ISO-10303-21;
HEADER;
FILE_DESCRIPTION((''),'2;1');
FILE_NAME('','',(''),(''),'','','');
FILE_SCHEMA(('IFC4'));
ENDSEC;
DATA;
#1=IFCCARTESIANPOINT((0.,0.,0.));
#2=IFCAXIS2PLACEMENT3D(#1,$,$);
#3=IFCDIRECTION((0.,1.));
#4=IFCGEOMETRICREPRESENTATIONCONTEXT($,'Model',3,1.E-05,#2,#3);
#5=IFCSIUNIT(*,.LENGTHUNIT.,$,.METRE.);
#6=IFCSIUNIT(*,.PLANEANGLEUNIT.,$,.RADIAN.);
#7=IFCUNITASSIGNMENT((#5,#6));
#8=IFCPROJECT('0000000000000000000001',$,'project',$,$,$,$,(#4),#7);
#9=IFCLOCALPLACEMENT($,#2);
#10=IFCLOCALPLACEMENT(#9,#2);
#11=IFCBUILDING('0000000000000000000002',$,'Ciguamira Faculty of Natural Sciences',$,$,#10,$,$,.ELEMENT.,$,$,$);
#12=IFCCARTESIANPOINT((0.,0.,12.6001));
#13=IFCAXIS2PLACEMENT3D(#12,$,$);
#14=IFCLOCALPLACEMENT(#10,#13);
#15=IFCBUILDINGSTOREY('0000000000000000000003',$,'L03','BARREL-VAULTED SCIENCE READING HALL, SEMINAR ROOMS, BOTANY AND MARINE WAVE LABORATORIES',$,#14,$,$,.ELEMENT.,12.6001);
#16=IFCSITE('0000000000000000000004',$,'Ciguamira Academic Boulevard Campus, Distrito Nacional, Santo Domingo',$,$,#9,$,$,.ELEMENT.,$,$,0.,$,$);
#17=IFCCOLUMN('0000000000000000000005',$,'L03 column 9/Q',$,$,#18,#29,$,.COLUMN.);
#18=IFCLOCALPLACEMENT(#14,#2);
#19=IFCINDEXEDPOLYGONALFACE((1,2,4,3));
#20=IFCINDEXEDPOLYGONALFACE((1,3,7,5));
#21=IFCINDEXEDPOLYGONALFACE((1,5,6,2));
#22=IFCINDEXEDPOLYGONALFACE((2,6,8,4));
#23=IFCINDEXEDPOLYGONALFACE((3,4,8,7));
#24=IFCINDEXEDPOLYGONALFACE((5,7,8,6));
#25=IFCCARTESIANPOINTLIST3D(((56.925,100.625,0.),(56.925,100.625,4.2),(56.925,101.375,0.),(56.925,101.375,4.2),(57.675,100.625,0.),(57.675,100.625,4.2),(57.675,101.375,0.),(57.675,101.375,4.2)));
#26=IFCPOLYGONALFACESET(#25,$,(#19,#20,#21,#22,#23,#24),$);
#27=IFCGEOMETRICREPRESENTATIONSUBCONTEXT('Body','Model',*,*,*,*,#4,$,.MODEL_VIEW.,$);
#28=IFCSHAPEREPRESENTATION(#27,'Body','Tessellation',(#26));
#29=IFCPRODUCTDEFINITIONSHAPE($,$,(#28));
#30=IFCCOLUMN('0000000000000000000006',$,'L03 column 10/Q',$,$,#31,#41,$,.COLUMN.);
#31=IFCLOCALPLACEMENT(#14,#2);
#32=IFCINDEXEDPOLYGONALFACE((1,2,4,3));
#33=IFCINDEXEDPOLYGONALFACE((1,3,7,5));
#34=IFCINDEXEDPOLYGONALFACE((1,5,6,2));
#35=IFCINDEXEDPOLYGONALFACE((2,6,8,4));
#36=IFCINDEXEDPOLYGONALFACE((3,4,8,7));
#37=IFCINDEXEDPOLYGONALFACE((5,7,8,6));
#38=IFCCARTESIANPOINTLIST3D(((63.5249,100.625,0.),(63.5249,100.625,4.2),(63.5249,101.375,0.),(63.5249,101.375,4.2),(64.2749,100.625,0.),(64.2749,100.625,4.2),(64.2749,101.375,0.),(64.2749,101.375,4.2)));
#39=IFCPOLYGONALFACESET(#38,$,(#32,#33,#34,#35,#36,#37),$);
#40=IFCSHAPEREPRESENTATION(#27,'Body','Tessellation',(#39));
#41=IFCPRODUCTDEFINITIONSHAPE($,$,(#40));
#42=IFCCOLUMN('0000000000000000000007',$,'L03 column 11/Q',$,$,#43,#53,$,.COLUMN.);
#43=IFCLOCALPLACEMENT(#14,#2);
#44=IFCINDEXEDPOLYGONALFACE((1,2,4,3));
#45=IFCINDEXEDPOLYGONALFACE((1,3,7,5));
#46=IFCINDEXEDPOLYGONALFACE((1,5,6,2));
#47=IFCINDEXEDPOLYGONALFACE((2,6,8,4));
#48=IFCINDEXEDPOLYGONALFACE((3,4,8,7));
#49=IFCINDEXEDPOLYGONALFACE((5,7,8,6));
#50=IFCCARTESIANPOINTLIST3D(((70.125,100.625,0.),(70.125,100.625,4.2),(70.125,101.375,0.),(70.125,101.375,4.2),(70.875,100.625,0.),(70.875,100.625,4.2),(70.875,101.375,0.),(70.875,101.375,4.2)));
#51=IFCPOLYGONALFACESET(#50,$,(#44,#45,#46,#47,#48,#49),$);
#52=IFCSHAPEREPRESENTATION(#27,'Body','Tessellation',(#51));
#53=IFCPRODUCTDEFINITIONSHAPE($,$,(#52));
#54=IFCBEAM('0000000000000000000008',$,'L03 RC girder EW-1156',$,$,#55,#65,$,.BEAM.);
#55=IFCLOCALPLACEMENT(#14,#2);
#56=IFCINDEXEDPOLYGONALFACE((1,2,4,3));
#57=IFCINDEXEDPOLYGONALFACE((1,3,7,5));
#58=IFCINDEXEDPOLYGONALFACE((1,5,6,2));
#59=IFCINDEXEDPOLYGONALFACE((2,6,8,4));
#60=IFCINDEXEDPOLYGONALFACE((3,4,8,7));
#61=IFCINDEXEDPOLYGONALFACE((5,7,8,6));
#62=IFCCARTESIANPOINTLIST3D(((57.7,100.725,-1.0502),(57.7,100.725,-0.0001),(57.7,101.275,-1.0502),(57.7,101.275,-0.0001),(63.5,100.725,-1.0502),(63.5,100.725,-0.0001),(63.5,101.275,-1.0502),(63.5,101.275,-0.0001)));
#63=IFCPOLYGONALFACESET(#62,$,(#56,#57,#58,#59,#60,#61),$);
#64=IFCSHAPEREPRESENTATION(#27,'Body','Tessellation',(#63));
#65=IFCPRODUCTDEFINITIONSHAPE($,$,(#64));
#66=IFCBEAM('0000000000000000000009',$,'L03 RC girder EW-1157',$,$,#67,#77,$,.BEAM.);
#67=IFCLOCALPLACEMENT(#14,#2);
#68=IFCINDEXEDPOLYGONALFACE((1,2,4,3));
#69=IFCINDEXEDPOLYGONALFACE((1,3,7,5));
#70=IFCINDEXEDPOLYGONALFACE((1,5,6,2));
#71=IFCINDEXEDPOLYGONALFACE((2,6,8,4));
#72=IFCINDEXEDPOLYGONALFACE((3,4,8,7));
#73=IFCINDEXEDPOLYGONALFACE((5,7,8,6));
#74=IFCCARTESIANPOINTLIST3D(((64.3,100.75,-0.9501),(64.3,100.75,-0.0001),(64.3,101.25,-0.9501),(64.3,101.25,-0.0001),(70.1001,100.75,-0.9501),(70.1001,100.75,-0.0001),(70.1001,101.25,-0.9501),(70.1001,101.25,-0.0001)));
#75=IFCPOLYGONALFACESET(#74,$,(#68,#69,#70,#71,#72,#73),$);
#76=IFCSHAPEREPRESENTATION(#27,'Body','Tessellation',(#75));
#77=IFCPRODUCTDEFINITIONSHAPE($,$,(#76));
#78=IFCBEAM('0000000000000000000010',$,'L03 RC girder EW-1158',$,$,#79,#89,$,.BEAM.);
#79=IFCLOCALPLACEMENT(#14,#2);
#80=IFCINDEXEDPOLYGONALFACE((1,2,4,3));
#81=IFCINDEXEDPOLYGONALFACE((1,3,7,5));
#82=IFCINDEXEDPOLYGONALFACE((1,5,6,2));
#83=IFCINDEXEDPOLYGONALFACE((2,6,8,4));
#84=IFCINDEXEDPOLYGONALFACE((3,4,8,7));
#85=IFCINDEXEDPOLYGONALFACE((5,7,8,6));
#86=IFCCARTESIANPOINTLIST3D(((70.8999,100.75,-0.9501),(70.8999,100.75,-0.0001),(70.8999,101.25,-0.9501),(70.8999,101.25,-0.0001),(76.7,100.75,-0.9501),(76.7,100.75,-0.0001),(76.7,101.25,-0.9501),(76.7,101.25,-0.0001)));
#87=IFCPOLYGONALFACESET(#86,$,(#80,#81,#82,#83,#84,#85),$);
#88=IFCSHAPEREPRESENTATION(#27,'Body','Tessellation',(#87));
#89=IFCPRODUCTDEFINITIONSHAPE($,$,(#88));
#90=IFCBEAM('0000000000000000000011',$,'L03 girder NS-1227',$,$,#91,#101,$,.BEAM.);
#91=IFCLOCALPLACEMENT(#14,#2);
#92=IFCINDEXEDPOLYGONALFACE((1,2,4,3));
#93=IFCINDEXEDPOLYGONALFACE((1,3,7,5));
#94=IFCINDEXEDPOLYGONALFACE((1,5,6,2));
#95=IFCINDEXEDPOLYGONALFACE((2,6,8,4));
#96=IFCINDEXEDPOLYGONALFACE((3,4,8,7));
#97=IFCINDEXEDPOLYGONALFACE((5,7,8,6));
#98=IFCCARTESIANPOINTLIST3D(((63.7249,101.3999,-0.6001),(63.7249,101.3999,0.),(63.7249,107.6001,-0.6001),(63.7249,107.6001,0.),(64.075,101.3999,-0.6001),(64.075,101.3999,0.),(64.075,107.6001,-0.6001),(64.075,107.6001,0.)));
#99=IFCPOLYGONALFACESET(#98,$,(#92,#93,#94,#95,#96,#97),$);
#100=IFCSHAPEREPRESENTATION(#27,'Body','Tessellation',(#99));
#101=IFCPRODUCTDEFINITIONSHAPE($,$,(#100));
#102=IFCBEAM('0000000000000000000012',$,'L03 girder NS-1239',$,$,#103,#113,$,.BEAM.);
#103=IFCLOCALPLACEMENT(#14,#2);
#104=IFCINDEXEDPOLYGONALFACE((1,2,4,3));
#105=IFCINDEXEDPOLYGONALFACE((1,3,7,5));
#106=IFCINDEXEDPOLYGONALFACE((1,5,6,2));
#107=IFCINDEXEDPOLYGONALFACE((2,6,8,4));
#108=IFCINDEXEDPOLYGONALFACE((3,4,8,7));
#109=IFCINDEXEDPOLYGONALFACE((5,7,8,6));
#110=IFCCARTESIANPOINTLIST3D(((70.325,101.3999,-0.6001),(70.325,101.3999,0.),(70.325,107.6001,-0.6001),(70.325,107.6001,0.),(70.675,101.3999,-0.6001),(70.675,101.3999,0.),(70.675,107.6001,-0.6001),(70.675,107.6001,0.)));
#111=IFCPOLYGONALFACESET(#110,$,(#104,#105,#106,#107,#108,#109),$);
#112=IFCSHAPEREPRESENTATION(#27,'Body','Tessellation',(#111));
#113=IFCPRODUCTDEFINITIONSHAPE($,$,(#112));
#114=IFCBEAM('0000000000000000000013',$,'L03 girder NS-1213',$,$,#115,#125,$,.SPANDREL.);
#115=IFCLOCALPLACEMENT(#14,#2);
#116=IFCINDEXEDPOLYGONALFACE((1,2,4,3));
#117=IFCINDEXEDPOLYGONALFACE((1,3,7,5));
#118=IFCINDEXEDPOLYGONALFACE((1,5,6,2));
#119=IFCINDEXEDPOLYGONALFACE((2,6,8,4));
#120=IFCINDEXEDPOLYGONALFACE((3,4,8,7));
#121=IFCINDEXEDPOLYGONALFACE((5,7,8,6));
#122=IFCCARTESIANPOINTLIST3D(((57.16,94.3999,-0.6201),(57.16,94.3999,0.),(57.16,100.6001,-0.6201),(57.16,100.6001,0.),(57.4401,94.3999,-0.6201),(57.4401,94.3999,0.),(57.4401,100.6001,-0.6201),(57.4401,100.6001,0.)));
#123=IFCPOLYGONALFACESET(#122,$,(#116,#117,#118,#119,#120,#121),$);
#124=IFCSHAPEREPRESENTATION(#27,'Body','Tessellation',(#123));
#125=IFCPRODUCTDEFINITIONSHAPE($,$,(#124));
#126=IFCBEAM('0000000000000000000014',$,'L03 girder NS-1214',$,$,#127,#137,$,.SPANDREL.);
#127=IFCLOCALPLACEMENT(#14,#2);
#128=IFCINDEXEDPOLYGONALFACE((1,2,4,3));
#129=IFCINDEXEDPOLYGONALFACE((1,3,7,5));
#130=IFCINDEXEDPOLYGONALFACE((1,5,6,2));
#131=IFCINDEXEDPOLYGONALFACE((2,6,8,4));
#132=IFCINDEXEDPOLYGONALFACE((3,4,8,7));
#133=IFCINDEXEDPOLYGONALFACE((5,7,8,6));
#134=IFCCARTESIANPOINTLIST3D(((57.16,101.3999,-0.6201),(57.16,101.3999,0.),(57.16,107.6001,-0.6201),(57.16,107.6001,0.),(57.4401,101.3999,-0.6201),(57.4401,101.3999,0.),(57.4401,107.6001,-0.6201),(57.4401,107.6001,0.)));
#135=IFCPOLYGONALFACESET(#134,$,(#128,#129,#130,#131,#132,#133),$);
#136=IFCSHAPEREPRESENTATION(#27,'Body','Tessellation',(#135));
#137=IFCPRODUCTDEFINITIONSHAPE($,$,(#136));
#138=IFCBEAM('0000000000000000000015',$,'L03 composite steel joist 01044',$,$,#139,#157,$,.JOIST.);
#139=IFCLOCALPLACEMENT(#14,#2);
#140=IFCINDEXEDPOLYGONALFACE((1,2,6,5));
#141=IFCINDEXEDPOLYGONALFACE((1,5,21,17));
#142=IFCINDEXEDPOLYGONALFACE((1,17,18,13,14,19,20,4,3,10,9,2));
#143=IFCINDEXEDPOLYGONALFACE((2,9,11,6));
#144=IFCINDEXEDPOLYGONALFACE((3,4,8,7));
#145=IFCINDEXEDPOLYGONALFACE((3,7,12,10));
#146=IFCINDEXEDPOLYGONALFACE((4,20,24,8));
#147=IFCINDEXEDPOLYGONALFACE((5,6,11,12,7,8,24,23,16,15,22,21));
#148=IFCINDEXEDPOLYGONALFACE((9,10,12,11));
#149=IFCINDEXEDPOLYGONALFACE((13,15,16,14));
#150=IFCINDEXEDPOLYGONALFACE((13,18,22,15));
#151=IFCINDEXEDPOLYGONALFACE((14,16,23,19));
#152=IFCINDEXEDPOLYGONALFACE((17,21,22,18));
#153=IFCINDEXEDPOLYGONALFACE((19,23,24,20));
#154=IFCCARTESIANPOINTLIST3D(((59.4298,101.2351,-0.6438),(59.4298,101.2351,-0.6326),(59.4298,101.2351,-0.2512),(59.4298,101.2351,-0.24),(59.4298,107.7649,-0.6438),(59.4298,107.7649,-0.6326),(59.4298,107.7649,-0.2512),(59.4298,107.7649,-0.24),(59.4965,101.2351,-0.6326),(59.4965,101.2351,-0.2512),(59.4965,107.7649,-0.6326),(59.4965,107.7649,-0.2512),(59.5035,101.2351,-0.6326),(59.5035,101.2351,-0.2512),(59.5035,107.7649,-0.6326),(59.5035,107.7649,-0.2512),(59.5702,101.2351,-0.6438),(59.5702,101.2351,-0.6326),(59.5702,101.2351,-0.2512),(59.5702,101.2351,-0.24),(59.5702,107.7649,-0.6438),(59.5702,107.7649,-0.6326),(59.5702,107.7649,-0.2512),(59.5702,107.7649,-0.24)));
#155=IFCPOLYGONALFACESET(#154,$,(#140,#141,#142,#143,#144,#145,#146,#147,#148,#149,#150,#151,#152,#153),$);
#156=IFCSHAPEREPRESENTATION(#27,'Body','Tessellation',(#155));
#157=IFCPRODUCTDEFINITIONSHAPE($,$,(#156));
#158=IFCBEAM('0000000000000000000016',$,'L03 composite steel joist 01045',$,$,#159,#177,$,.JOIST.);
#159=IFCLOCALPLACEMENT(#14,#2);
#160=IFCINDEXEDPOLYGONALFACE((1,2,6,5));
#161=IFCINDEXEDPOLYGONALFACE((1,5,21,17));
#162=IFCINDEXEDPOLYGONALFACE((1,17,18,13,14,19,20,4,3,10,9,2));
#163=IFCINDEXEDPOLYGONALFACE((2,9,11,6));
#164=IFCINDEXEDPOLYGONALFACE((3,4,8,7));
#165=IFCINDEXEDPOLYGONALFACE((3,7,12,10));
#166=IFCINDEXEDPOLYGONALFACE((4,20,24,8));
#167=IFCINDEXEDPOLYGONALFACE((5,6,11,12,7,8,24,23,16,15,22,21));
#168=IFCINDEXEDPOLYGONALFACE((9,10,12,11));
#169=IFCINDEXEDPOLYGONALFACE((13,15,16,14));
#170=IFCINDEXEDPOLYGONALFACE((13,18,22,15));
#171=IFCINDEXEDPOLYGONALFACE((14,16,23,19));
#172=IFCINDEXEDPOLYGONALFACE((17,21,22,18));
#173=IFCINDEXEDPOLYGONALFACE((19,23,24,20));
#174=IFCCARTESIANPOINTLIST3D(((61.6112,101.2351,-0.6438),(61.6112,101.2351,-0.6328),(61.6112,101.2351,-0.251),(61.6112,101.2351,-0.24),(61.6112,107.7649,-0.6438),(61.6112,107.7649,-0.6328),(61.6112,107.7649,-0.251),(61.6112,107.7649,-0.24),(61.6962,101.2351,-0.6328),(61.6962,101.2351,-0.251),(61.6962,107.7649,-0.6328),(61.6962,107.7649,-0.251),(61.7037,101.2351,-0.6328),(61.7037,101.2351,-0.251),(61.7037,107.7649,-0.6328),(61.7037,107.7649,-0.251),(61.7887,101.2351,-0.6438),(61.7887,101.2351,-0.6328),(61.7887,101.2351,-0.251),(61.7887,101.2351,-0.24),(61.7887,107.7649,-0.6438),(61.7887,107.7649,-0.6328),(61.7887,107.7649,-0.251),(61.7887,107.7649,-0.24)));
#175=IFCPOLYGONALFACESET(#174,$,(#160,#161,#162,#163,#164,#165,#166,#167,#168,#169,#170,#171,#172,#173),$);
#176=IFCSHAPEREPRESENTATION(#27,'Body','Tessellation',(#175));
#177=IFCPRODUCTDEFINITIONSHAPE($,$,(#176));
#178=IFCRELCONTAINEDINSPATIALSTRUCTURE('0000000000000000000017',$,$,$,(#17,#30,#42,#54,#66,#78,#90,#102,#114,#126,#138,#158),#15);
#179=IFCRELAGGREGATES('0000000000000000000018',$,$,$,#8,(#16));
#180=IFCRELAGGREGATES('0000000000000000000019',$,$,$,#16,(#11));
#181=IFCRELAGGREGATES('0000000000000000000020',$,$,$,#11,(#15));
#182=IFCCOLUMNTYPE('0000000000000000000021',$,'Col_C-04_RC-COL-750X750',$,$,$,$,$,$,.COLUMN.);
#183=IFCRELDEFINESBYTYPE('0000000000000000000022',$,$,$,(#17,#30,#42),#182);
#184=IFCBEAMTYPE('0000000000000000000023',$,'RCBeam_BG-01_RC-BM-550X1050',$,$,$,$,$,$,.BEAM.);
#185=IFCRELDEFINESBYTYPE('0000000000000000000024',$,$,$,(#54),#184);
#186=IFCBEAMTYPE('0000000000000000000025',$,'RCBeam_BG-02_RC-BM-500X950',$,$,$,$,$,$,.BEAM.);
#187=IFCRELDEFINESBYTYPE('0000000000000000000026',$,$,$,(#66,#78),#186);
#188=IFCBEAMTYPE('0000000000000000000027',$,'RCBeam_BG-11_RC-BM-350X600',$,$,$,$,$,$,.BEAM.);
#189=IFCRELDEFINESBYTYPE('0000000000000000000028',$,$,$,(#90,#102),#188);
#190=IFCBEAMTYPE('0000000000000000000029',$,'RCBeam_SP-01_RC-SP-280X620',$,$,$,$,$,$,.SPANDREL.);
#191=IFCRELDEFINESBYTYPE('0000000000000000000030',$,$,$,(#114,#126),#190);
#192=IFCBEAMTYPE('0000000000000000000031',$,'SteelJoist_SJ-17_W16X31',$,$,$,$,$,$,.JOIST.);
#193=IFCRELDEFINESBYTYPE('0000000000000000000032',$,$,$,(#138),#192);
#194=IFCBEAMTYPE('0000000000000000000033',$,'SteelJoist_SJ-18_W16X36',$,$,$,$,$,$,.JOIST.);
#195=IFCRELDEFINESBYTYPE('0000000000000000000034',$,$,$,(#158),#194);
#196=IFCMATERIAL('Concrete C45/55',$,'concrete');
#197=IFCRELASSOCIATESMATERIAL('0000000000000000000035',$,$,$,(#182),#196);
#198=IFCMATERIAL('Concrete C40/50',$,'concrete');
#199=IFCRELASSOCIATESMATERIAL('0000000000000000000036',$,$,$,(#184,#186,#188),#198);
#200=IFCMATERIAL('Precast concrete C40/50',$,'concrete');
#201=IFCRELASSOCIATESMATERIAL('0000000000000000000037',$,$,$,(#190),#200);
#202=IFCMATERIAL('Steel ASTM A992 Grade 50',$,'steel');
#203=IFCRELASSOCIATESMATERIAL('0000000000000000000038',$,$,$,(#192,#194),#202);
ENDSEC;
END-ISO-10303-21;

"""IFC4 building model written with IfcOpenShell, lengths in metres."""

from ifc_helpers import new_model, si_unit, direction, frame, origin, origin_2d, place, context, subcontext, project, spatial, rectangle, i_section, extrude, material, material_profile, profile_set, type_object, element, save


model = new_model("IFC4")

# Units and contexts
model_context = context("Model", 3, precision=1e-05, world=origin(), true_north=direction((0.0, 1.0)))
body_context = subcontext(model_context, "Body", "Model", "MODEL_VIEW")
ifc_project = project(units=[si_unit("LENGTHUNIT", "METRE"), si_unit("PLANEANGLEUNIT", "RADIAN")], contexts=[model_context])

# Site, building, storey
site_placement = place(None, origin())
site = spatial("IfcSite", under=ifc_project, at=site_placement, Name="Ciguamira Academic Boulevard Campus, Distrito Nacional, Santo Domingo", CompositionType="ELEMENT", RefElevation=0.0)
building_placement = place(site_placement, origin())
building = spatial("IfcBuilding", under=site, at=building_placement, Name="Ciguamira Faculty of Natural Sciences", CompositionType="ELEMENT")
storey_placement = place(building_placement, frame((0.0, 0.0, 12.6001)))
storey = spatial("IfcBuildingStorey", under=building, at=storey_placement, Name="L03", Description="BARREL-VAULTED SCIENCE READING HALL, SEMINAR ROOMS, BOTANY AND MARINE WAVE LABORATORIES", CompositionType="ELEMENT", Elevation=12.6001)

# Columns
ifc_material_1 = material(Name="Concrete C45/55", Category="concrete")
ifc_material_profile_1 = material_profile(ifc_material_1, rectangle(XDim=0.75, YDim=0.75, at=origin_2d()), Name="RC-COL-750X750")
ifc_profile_set_1 = profile_set([ifc_material_profile_1], Name="Concrete C45/55")
column_type = type_object("IfcColumnType", Name="Col_C-04_RC-COL-750X750", PredefinedType="COLUMN", material=ifc_profile_set_1)
for number, where, z_axis, x_axis, name in (
    (1, (57.3, 101.0, 0.0), (0.0, 0.0, 1.0), (1.0, 0.0, 0.0), "L03 column 9/Q"),
    (2, (63.8999, 101.0, 0.0), (0.0, 0.0, 1.0), (1.0, 0.0, 0.0), "L03 column 10/Q"),
    (3, (70.5, 101.0, 0.0), (0.0, 0.0, 1.0), (1.0, 0.0, 0.0), "L03 column 11/Q"),
):
    element("IfcColumn", number, at=place(storey_placement, frame(where, z_axis=z_axis, x_axis=x_axis)), inside=storey, type_object=column_type, Name=name, PredefinedType="COLUMN", context=body_context, shape_type="SweptSolid", body=[
        extrude(rectangle(XDim=0.75, YDim=0.75, at=origin_2d()), origin(), (0.0, 0.0, 1.0), 4.2),
    ])

# Beams
ifc_material_2 = material(Name="Concrete C40/50", Category="concrete")
ifc_material_profile_2 = material_profile(ifc_material_2, rectangle(XDim=0.55, YDim=1.05, at=origin_2d()), Name="RC-BM-550X1050")
ifc_profile_set_2 = profile_set([ifc_material_profile_2], Name="Concrete C40/50")
beam_type_1 = type_object("IfcBeamType", Name="RCBeam_BG-01_RC-BM-550X1050", PredefinedType="BEAM", material=ifc_profile_set_2)
beam_1_placement = place(storey_placement, frame((57.7, 101.0, -0.5251), z_axis=(1.0, 0.0, 0.0), x_axis=(0.0, 1.0, 0.0)))
element("IfcBeam", 4, at=beam_1_placement, inside=storey, type_object=beam_type_1, Name="L03 RC girder EW-1156", PredefinedType="BEAM", context=body_context, shape_type="SweptSolid", body=[
    extrude(rectangle(XDim=0.55, YDim=1.05, at=origin_2d()), origin(), (0.0, 0.0, 1.0), 5.8),
])
ifc_material_profile_3 = material_profile(ifc_material_2, rectangle(XDim=0.5, YDim=0.95, at=origin_2d()), Name="RC-BM-500X950")
ifc_profile_set_3 = profile_set([ifc_material_profile_3], Name="Concrete C40/50")
beam_type_2 = type_object("IfcBeamType", Name="RCBeam_BG-02_RC-BM-500X950", PredefinedType="BEAM", material=ifc_profile_set_3)
for number, where, z_axis, x_axis, name in (
    (5, (64.3, 101.0, -0.4751), (1.0, 0.0, 0.0), (0.0, 1.0, 0.0), "L03 RC girder EW-1157"),
    (6, (70.8999, 101.0, -0.4751), (1.0, 0.0, 0.0), (0.0, 1.0, 0.0), "L03 RC girder EW-1158"),
):
    element("IfcBeam", number, at=place(storey_placement, frame(where, z_axis=z_axis, x_axis=x_axis)), inside=storey, type_object=beam_type_2, Name=name, PredefinedType="BEAM", context=body_context, shape_type="SweptSolid", body=[
        extrude(rectangle(XDim=0.5, YDim=0.95, at=origin_2d()), origin(), (0.0, 0.0, 1.0), 5.8),
    ])
ifc_material_profile_4 = material_profile(ifc_material_2, rectangle(XDim=0.3501, YDim=0.6001, at=origin_2d()), Name="RC-BM-350X600")
ifc_profile_set_4 = profile_set([ifc_material_profile_4], Name="Concrete C40/50")
beam_type_3 = type_object("IfcBeamType", Name="RCBeam_BG-11_RC-BM-350X600", PredefinedType="BEAM", material=ifc_profile_set_4)
for number, where, z_axis, x_axis, name in (
    (7, (63.8999, 101.3999, -0.3), (0.0, 1.0, 0.0), (-1.0, 0.0, 0.0), "L03 girder NS-1227"),
    (8, (70.5, 101.3999, -0.3), (0.0, 1.0, 0.0), (-1.0, 0.0, 0.0), "L03 girder NS-1239"),
):
    element("IfcBeam", number, at=place(storey_placement, frame(where, z_axis=z_axis, x_axis=x_axis)), inside=storey, type_object=beam_type_3, Name=name, PredefinedType="BEAM", context=body_context, shape_type="SweptSolid", body=[
        extrude(rectangle(XDim=0.3501, YDim=0.6001, at=origin_2d()), origin(), (0.0, 0.0, 1.0), 6.2002),
    ])
ifc_material_3 = material(Name="Precast concrete C40/50", Category="concrete")
ifc_material_profile_5 = material_profile(ifc_material_3, rectangle(XDim=0.28, YDim=0.6201, at=origin_2d()), Name="RC-SP-280X620")
ifc_profile_set_5 = profile_set([ifc_material_profile_5], Name="Precast concrete C40/50")
beam_type_4 = type_object("IfcBeamType", Name="RCBeam_SP-01_RC-SP-280X620", PredefinedType="SPANDREL", material=ifc_profile_set_5)
for number, where, z_axis, x_axis, name in (
    (9, (57.3, 94.3999, -0.3101), (0.0, 1.0, 0.0), (-1.0, 0.0, 0.0), "L03 girder NS-1213"),
    (10, (57.3, 101.3999, -0.3101), (0.0, 1.0, 0.0), (-1.0, 0.0, 0.0), "L03 girder NS-1214"),
):
    element("IfcBeam", number, at=place(storey_placement, frame(where, z_axis=z_axis, x_axis=x_axis)), inside=storey, type_object=beam_type_4, Name=name, PredefinedType="SPANDREL", context=body_context, shape_type="SweptSolid", body=[
        extrude(rectangle(XDim=0.28, YDim=0.6201, at=origin_2d()), origin(), (0.0, 0.0, 1.0), 6.2002),
    ])
ifc_material_4 = material(Name="Steel ASTM A992 Grade 50", Category="steel")
ifc_material_profile_6 = material_profile(ifc_material_4, i_section(OverallWidth=0.1404, OverallDepth=0.4038, WebThickness=0.0071, FlangeThickness=0.0112, at=origin_2d()), Name="W16X31")
ifc_profile_set_6 = profile_set([ifc_material_profile_6], Name="Steel ASTM A992 Grade 50")
beam_type_5 = type_object("IfcBeamType", Name="SteelJoist_SJ-17_W16X31", PredefinedType="JOIST", material=ifc_profile_set_6)
beam_2_placement = place(storey_placement, frame((59.5, 101.2351, -0.4419), z_axis=(0.0, 1.0, 0.0), x_axis=(-1.0, 0.0, 0.0)))
element("IfcBeam", 11, at=beam_2_placement, inside=storey, type_object=beam_type_5, Name="L03 composite steel joist 01044", PredefinedType="JOIST", context=body_context, shape_type="SweptSolid", body=[
    extrude(i_section(OverallWidth=0.1404, OverallDepth=0.4038, WebThickness=0.0071, FlangeThickness=0.0112, at=origin_2d()), origin(), (0.0, 0.0, 1.0), 6.5298),
])
ifc_material_profile_7 = material_profile(ifc_material_4, i_section(OverallWidth=0.1775, OverallDepth=0.4038, WebThickness=0.0076, FlangeThickness=0.011, at=origin_2d()), Name="W16X36")
ifc_profile_set_7 = profile_set([ifc_material_profile_7], Name="Steel ASTM A992 Grade 50")
beam_type_6 = type_object("IfcBeamType", Name="SteelJoist_SJ-18_W16X36", PredefinedType="JOIST", material=ifc_profile_set_7)
beam_3_placement = place(storey_placement, frame((61.7, 101.2351, -0.4419), z_axis=(0.0, 1.0, 0.0), x_axis=(-1.0, 0.0, 0.0)))
element("IfcBeam", 12, at=beam_3_placement, inside=storey, type_object=beam_type_6, Name="L03 composite steel joist 01045", PredefinedType="JOIST", context=body_context, shape_type="SweptSolid", body=[
    extrude(i_section(OverallWidth=0.1775, OverallDepth=0.4038, WebThickness=0.0076, FlangeThickness=0.011, at=origin_2d()), origin(), (0.0, 0.0, 1.0), 6.5298),
])

save(model, "model.ifc")
